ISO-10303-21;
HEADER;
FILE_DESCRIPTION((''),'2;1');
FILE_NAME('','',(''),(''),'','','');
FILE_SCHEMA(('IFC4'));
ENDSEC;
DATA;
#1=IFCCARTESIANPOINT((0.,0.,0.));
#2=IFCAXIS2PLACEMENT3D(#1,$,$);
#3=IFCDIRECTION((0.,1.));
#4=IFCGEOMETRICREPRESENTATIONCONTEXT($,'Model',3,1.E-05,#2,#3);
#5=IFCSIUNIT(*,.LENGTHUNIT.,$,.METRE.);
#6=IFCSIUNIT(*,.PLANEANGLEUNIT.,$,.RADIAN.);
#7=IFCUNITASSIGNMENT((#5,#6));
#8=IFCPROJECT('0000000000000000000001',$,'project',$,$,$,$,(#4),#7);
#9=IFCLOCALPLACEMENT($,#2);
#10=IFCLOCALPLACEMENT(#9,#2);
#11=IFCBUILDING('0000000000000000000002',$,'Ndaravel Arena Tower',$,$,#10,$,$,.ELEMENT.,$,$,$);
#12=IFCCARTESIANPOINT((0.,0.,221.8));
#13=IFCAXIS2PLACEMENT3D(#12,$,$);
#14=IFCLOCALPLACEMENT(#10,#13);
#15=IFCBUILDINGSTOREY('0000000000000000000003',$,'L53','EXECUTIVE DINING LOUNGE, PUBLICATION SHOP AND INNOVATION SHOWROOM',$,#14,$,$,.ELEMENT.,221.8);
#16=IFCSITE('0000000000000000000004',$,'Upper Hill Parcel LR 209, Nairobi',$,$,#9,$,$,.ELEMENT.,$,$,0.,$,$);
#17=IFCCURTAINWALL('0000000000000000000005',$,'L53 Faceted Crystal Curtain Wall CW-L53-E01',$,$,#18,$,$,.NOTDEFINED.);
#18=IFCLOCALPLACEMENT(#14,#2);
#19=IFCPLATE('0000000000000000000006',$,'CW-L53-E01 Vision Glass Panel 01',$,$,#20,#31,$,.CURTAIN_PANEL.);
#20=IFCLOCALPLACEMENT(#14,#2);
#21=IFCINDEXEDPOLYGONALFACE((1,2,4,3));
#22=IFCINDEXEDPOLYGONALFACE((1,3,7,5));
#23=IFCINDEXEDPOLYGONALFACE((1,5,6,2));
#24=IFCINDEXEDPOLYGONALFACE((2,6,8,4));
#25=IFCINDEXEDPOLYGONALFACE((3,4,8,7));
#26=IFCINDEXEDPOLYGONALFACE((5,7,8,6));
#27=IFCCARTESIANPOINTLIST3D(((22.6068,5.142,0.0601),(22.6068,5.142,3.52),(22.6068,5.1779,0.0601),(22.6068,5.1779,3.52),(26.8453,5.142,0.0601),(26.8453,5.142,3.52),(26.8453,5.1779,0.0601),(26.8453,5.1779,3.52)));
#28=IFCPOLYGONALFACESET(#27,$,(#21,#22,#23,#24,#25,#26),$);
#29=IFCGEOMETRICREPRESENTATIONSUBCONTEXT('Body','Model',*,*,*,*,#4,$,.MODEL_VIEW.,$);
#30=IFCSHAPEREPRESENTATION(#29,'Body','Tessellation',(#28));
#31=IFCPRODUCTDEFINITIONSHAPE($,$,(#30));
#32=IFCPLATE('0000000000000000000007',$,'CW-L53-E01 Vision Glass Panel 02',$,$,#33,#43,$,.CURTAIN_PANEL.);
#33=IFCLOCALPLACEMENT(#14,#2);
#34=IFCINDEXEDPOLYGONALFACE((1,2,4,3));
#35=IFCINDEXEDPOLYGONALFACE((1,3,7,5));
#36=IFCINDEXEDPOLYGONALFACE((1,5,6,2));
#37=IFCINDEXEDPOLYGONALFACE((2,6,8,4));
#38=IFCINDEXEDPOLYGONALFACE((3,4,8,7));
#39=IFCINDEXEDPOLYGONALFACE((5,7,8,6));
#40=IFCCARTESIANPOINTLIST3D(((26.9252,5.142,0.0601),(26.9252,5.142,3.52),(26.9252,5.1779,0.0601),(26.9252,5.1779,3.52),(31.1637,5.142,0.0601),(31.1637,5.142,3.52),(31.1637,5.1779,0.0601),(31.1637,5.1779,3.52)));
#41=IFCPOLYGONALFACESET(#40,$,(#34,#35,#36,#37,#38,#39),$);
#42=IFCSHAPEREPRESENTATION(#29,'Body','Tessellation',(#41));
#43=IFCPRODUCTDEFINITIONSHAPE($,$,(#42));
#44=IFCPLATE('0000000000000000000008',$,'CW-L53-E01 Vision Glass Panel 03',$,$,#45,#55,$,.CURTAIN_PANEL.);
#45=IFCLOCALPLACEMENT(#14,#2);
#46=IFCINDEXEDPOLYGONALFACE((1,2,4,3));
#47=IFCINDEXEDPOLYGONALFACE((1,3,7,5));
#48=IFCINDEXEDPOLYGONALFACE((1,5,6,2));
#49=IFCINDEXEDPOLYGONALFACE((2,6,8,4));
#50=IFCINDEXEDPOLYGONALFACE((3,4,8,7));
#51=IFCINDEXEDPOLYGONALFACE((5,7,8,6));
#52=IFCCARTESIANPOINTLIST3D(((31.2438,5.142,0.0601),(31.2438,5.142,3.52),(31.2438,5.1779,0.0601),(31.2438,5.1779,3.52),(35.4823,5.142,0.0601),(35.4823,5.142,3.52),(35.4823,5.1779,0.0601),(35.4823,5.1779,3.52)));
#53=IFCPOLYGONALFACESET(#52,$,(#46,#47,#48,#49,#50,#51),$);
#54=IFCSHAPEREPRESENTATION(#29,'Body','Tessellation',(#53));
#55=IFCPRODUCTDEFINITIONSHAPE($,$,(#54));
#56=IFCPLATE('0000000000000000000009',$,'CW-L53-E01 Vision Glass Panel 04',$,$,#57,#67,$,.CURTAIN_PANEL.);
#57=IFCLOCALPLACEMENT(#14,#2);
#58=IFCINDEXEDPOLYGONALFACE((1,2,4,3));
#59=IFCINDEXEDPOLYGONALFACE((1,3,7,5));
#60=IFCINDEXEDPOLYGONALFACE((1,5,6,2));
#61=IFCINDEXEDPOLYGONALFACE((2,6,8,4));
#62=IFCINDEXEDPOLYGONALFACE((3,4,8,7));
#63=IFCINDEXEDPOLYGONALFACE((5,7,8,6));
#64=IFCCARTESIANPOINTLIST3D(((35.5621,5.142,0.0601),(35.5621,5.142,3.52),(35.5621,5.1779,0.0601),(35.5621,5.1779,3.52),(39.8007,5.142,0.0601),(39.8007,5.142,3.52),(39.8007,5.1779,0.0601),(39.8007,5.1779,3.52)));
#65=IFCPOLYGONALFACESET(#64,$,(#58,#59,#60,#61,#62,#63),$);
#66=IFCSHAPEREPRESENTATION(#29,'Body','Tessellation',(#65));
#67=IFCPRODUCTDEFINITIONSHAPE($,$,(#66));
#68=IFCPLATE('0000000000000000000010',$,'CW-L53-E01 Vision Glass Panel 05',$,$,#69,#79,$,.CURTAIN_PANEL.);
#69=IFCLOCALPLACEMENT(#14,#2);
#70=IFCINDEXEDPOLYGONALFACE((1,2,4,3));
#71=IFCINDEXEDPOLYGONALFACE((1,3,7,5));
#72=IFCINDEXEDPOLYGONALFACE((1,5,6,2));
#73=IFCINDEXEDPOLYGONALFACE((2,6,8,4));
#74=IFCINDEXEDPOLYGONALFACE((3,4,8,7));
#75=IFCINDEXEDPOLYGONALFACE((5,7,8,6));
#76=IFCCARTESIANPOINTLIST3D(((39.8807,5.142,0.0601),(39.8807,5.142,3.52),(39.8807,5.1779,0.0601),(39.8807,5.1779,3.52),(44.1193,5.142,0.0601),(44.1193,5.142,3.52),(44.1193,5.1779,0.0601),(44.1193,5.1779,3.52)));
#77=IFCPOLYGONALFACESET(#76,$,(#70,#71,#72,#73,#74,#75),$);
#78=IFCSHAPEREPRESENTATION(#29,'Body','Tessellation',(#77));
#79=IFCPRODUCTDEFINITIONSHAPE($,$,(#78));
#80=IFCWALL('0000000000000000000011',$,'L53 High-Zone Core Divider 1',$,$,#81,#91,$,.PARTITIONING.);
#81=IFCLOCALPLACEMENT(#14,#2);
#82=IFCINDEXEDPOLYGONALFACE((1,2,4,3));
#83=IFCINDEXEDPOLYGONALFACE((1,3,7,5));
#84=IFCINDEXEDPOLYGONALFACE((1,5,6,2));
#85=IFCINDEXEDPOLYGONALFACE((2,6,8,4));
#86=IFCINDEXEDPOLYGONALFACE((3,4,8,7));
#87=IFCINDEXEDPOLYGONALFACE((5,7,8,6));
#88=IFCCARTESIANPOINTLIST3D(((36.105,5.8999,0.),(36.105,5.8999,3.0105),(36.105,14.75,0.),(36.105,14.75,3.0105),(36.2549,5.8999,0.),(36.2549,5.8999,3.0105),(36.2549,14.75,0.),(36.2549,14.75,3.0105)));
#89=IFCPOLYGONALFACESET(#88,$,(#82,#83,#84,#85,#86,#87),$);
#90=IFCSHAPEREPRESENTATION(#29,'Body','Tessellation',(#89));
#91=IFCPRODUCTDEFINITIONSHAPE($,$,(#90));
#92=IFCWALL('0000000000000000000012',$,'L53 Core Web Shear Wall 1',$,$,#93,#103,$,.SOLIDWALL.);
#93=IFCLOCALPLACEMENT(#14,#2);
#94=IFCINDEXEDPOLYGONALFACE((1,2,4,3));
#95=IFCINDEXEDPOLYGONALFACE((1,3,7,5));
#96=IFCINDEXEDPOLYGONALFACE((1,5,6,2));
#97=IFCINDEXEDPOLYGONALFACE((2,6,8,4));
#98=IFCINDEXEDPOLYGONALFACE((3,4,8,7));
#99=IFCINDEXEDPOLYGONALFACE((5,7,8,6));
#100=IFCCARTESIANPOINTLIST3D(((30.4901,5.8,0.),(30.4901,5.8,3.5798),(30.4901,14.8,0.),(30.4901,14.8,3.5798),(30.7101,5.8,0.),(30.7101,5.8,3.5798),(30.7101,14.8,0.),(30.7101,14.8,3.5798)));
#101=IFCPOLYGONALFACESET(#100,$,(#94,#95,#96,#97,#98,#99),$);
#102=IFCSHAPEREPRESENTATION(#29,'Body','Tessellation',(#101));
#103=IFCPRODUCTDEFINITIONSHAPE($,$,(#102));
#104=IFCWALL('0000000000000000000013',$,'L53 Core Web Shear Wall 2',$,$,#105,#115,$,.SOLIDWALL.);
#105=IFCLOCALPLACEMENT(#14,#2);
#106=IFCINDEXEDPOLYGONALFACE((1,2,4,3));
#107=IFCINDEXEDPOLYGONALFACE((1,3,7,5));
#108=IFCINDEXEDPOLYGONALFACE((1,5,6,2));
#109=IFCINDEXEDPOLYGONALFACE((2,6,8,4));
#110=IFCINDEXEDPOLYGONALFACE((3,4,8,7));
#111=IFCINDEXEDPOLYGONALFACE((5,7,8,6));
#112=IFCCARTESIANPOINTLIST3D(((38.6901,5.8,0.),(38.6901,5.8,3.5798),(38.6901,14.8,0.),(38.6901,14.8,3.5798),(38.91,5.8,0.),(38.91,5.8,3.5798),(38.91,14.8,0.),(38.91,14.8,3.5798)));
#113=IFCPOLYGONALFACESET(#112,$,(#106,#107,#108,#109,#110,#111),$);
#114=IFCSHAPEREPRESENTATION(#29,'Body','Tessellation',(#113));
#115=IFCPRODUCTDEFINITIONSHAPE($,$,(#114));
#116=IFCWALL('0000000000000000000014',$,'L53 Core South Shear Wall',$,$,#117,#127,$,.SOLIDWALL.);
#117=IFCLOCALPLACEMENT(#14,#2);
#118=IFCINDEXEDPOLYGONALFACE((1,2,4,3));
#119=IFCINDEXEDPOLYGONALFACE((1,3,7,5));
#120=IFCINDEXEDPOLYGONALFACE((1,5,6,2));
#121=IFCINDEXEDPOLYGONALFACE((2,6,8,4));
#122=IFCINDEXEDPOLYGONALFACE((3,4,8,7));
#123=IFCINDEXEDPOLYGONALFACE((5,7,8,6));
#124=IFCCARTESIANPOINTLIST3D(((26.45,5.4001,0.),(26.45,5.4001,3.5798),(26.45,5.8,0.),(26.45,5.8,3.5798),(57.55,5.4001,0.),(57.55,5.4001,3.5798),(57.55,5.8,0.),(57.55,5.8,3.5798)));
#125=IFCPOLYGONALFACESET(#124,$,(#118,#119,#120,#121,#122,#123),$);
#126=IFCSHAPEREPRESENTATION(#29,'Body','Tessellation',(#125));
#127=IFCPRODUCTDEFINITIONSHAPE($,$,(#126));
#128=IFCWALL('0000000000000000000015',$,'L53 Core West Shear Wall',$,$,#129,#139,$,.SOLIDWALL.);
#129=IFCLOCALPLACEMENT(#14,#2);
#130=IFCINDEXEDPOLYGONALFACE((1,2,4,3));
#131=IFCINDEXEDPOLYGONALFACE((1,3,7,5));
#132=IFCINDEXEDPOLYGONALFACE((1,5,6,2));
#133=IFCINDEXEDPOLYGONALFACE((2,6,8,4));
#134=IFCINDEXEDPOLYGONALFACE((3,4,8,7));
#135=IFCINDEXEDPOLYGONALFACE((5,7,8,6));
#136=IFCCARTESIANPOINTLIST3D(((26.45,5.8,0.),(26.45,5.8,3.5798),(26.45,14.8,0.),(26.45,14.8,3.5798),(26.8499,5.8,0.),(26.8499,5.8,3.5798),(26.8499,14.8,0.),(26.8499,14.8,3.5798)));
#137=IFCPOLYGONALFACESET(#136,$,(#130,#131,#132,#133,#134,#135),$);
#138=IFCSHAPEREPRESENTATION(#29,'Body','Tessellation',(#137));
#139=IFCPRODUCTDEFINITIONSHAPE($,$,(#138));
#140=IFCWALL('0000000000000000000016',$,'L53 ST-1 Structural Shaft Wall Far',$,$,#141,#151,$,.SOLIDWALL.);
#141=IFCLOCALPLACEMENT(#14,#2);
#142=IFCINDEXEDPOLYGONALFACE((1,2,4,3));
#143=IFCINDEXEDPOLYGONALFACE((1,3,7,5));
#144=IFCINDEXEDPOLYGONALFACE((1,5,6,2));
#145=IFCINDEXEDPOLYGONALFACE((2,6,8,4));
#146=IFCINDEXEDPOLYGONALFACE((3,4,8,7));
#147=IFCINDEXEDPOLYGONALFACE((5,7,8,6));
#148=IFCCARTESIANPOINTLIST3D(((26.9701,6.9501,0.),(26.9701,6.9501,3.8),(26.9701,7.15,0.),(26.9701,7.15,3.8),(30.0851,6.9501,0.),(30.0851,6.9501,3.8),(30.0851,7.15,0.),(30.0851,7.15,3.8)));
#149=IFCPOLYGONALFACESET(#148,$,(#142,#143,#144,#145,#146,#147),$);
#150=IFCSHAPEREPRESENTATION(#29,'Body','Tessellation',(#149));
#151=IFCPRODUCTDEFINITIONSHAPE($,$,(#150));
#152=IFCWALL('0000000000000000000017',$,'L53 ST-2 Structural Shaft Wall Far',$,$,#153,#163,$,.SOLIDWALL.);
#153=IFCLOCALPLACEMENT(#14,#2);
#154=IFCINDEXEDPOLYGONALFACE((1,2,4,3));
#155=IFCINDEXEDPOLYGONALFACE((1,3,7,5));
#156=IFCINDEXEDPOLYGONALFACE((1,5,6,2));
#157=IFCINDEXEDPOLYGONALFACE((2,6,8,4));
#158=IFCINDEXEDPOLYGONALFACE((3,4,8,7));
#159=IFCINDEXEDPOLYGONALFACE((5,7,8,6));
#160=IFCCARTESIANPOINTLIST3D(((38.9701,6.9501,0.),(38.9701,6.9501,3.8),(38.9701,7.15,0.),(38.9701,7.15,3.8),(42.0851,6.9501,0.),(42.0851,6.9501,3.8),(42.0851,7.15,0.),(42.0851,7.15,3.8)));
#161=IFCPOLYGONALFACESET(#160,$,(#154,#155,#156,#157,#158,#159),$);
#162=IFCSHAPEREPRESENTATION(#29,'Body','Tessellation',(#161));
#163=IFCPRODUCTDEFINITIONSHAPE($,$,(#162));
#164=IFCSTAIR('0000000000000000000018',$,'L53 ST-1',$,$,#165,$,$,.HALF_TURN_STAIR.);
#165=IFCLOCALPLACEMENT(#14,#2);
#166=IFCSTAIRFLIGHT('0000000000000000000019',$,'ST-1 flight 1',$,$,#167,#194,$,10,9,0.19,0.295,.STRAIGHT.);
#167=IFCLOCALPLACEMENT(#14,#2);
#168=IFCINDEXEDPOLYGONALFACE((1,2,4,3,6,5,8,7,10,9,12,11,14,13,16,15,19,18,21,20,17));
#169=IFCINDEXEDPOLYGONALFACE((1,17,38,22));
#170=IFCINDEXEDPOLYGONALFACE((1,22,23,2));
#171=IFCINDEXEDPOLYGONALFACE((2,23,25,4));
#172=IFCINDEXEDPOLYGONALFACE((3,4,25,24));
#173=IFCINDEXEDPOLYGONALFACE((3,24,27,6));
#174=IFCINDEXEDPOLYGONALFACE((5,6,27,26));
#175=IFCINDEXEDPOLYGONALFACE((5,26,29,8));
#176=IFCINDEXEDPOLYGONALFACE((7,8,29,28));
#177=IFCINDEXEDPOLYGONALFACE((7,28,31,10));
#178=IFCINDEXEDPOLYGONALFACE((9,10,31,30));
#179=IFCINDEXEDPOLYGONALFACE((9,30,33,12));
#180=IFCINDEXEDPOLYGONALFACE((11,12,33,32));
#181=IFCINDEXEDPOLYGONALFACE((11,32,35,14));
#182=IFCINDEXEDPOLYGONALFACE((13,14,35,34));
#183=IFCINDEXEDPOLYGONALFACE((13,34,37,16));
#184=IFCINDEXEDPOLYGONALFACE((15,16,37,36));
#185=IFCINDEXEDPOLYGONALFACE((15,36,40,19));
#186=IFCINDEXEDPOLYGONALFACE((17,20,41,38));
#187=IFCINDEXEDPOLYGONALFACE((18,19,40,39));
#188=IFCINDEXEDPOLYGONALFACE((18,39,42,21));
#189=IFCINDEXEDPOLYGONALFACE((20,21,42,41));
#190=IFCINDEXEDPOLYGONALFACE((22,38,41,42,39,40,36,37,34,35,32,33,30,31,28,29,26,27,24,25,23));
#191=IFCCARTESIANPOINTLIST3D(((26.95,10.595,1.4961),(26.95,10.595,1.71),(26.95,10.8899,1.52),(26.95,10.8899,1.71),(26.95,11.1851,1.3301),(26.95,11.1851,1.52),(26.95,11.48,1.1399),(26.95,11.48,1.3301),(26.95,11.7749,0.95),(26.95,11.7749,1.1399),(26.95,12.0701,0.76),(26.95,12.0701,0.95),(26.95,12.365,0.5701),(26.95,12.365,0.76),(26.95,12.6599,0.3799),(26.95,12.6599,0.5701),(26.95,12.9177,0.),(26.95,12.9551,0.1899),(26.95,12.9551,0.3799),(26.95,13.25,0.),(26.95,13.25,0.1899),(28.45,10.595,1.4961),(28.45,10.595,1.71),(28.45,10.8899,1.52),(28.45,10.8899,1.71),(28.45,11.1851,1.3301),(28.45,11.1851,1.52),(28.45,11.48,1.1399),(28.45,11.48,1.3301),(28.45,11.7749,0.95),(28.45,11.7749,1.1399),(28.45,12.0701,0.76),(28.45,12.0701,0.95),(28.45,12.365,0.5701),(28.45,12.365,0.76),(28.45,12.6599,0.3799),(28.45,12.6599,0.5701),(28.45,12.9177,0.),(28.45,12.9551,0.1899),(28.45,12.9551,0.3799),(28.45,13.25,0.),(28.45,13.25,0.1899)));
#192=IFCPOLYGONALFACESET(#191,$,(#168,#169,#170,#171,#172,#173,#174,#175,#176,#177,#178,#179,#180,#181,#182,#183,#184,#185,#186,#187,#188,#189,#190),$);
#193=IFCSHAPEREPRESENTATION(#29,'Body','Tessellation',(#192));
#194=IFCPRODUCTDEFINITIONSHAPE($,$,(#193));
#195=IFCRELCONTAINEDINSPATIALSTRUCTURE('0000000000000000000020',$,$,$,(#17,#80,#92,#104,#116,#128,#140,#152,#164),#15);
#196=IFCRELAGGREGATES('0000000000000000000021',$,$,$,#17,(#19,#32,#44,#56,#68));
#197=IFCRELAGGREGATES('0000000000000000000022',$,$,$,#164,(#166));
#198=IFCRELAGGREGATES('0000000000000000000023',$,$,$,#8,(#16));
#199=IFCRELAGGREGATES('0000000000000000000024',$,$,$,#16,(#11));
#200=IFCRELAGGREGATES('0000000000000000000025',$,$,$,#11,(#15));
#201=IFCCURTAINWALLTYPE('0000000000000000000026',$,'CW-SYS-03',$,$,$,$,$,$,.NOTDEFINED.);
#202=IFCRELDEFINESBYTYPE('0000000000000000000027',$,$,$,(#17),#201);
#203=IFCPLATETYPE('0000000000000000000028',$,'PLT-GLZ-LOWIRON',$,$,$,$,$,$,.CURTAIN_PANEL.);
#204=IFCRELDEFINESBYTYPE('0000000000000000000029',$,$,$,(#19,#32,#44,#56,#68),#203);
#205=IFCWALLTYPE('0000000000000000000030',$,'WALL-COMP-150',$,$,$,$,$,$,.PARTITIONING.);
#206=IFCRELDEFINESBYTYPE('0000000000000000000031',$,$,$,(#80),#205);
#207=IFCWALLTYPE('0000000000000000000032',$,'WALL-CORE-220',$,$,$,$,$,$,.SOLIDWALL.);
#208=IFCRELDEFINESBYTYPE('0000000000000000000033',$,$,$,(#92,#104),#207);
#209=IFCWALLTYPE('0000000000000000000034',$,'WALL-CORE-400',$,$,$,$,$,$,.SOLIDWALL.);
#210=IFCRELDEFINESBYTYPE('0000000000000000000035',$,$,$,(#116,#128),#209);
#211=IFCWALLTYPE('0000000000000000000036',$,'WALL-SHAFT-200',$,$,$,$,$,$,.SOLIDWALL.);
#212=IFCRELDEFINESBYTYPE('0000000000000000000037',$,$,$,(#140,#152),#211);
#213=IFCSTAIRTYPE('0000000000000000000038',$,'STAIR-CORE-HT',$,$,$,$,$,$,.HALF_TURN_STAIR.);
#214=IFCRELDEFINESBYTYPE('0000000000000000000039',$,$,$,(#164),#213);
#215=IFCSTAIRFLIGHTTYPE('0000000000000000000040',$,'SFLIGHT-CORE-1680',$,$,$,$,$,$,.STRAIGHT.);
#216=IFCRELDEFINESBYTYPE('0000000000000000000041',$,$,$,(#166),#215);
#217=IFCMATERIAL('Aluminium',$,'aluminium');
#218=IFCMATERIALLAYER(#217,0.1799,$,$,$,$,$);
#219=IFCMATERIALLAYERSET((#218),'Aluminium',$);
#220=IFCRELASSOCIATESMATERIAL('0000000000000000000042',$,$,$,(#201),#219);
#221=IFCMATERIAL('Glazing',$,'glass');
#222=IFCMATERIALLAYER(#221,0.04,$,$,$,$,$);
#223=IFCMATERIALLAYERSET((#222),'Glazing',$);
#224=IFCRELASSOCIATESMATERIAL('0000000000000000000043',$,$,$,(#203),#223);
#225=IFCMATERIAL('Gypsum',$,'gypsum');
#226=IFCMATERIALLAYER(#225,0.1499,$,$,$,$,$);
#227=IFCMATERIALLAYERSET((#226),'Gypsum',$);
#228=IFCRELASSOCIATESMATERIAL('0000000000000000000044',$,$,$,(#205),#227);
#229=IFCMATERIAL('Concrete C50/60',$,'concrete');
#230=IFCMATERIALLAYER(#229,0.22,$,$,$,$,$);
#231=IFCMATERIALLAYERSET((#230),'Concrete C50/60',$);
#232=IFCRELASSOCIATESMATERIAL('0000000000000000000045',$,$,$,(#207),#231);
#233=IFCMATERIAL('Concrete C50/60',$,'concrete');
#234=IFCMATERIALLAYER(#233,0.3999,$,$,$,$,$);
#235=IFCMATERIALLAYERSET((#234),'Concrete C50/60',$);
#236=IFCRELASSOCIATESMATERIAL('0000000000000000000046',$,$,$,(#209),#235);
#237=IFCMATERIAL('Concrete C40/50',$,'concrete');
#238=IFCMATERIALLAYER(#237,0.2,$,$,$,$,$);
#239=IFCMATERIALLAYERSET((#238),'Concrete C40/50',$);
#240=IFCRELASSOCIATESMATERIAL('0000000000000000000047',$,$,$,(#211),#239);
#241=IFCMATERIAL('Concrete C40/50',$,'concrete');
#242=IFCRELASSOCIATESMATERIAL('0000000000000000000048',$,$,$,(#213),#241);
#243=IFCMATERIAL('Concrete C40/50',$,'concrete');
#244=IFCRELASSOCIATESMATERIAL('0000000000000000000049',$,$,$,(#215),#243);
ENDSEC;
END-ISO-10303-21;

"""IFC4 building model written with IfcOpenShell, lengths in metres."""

from ifc_helpers import new_model, si_unit, direction, frame, frame_2d, origin, origin_2d, place, context, subcontext, project, spatial, polyline, rectangle, outline, extrude, material, layer, layer_set, type_object, element, aggregate, save


model = new_model("IFC4")

# Units and contexts
model_context = context("Model", 3, precision=1e-05, world=origin(), true_north=direction((0.0, 1.0)))
body_context = subcontext(model_context, "Body", "Model", "MODEL_VIEW")
ifc_project = project(units=[si_unit("LENGTHUNIT", "METRE"), si_unit("PLANEANGLEUNIT", "RADIAN")], contexts=[model_context])

# Site, building, storey
site_placement = place(None, origin())
site = spatial("IfcSite", under=ifc_project, at=site_placement, Name="Upper Hill Parcel LR 209, Nairobi", CompositionType="ELEMENT", RefElevation=0.0)
building_placement = place(site_placement, origin())
building = spatial("IfcBuilding", under=site, at=building_placement, Name="Ndaravel Arena Tower", CompositionType="ELEMENT")
storey_placement = place(building_placement, frame((0.0, 0.0, 221.8)))
storey = spatial("IfcBuildingStorey", under=building, at=storey_placement, Name="L53", Description="EXECUTIVE DINING LOUNGE, PUBLICATION SHOP AND INNOVATION SHOWROOM", CompositionType="ELEMENT", Elevation=221.8)

# Curtain wall, plates
ifc_material_1 = material(Name="Aluminium", Category="aluminium")
ifc_layer_1 = layer(ifc_material_1, 0.1799)
ifc_layer_set_1 = layer_set([ifc_layer_1], Name="Aluminium")
curtain_wall_type = type_object("IfcCurtainWallType", Name="CW-SYS-03", PredefinedType="NOTDEFINED", material=ifc_layer_set_1)
curtain_wall_placement = place(storey_placement, origin())
curtain_wall = element("IfcCurtainWall", 1, at=curtain_wall_placement, inside=storey, type_object=curtain_wall_type, Name="L53 Faceted Crystal Curtain Wall CW-L53-E01", PredefinedType="NOTDEFINED")
ifc_material_2 = material(Name="Glazing", Category="glass")
ifc_layer_2 = layer(ifc_material_2, 0.04)
ifc_layer_set_2 = layer_set([ifc_layer_2], Name="Glazing")
plate_type = type_object("IfcPlateType", Name="PLT-GLZ-LOWIRON", PredefinedType="CURTAIN_PANEL", material=ifc_layer_set_2)
plate_1_placement = place(storey_placement, frame((24.7261, 5.1599, 0.0601), z_axis=(0.0, 0.0, 1.0), x_axis=(1.0, 0.0, 0.0)))
plate_1 = element("IfcPlate", 2, at=plate_1_placement, type_object=plate_type, Name="CW-L53-E01 Vision Glass Panel 01", PredefinedType="CURTAIN_PANEL", context=body_context, shape_type="SweptSolid", body=[
    extrude(rectangle(XDim=4.2385, YDim=0.0359, at=origin_2d()), origin(), (0.0, 0.0, 1.0), 3.46),
])
plate_2_placement = place(storey_placement, frame((29.0444, 5.1599, 0.0601), z_axis=(0.0, 0.0, 1.0), x_axis=(1.0, 0.0, 0.0)))
plate_2 = element("IfcPlate", 3, at=plate_2_placement, type_object=plate_type, Name="CW-L53-E01 Vision Glass Panel 02", PredefinedType="CURTAIN_PANEL", context=body_context, shape_type="SweptSolid", body=[
    extrude(rectangle(XDim=4.2385, YDim=0.0359, at=origin_2d()), origin(), (0.0, 0.0, 1.0), 3.46),
])
plate_3_placement = place(storey_placement, frame((33.363, 5.1599, 0.0601), z_axis=(0.0, 0.0, 1.0), x_axis=(1.0, 0.0, 0.0)))
plate_3 = element("IfcPlate", 4, at=plate_3_placement, type_object=plate_type, Name="CW-L53-E01 Vision Glass Panel 03", PredefinedType="CURTAIN_PANEL", context=body_context, shape_type="SweptSolid", body=[
    extrude(rectangle(XDim=4.2385, YDim=0.0359, at=origin_2d()), origin(), (0.0, 0.0, 1.0), 3.46),
])
plate_4_placement = place(storey_placement, frame((37.6814, 5.1599, 0.0601), z_axis=(0.0, 0.0, 1.0), x_axis=(1.0, 0.0, 0.0)))
plate_4 = element("IfcPlate", 5, at=plate_4_placement, type_object=plate_type, Name="CW-L53-E01 Vision Glass Panel 04", PredefinedType="CURTAIN_PANEL", context=body_context, shape_type="SweptSolid", body=[
    extrude(rectangle(XDim=4.2385, YDim=0.0359, at=origin_2d()), origin(), (0.0, 0.0, 1.0), 3.46),
])
plate_5_placement = place(storey_placement, frame((42.0, 5.1599, 0.0601), z_axis=(0.0, 0.0, 1.0), x_axis=(1.0, 0.0, 0.0)))
plate_5 = element("IfcPlate", 6, at=plate_5_placement, type_object=plate_type, Name="CW-L53-E01 Vision Glass Panel 05", PredefinedType="CURTAIN_PANEL", context=body_context, shape_type="SweptSolid", body=[
    extrude(rectangle(XDim=4.2385, YDim=0.0359, at=origin_2d()), origin(), (0.0, 0.0, 1.0), 3.46),
])
aggregate(curtain_wall, [plate_1, plate_2, plate_3, plate_4, plate_5])

# Walls
ifc_material_3 = material(Name="Gypsum", Category="gypsum")
ifc_layer_3 = layer(ifc_material_3, 0.1499)
ifc_layer_set_3 = layer_set([ifc_layer_3], Name="Gypsum")
wall_type_1 = type_object("IfcWallType", Name="WALL-COMP-150", PredefinedType="PARTITIONING", material=ifc_layer_set_3)
wall_1_placement = place(storey_placement, frame((36.1799, 5.8999, 0.0), z_axis=(0.0, 0.0, 1.0), x_axis=(0.0, 1.0, 0.0)))
element("IfcWall", 7, at=wall_1_placement, inside=storey, type_object=wall_type_1, Name="L53 High-Zone Core Divider 1", PredefinedType="PARTITIONING", context=body_context, shape_type="SweptSolid", body=[
    extrude(rectangle(XDim=8.8501, YDim=0.1499, at=frame_2d((4.425, 0.0))), origin(), (0.0, 0.0, 1.0), 3.0105),
])
ifc_material_4 = material(Name="Concrete C50/60", Category="concrete")
ifc_layer_4 = layer(ifc_material_4, 0.22)
ifc_layer_set_4 = layer_set([ifc_layer_4], Name="Concrete C50/60")
wall_type_2 = type_object("IfcWallType", Name="WALL-CORE-220", PredefinedType="SOLIDWALL", material=ifc_layer_set_4)
for number, where, z_axis, x_axis, name in (
    (8, (30.6001, 5.8, 0.0), (0.0, 0.0, 1.0), (0.0, 1.0, 0.0), "L53 Core Web Shear Wall 1"),
    (9, (38.8, 5.8, 0.0), (0.0, 0.0, 1.0), (0.0, 1.0, 0.0), "L53 Core Web Shear Wall 2"),
):
    element("IfcWall", number, at=place(storey_placement, frame(where, z_axis=z_axis, x_axis=x_axis)), inside=storey, type_object=wall_type_2, Name=name, PredefinedType="SOLIDWALL", context=body_context, shape_type="SweptSolid", body=[
        extrude(rectangle(XDim=9.0, YDim=0.22, at=frame_2d((4.5, 0.0))), origin(), (0.0, 0.0, 1.0), 3.5798),
    ])
ifc_material_5 = material(Name="Concrete C50/60", Category="concrete")
ifc_layer_5 = layer(ifc_material_5, 0.3999)
ifc_layer_set_5 = layer_set([ifc_layer_5], Name="Concrete C50/60")
wall_type_3 = type_object("IfcWallType", Name="WALL-CORE-400", PredefinedType="SOLIDWALL", material=ifc_layer_set_5)
wall_2_placement = place(storey_placement, frame((26.45, 5.6001, 0.0), z_axis=(0.0, 0.0, 1.0), x_axis=(1.0, 0.0, 0.0)))
element("IfcWall", 10, at=wall_2_placement, inside=storey, type_object=wall_type_3, Name="L53 Core South Shear Wall", PredefinedType="SOLIDWALL", context=body_context, shape_type="SweptSolid", body=[
    extrude(rectangle(XDim=31.1001, YDim=0.3999, at=frame_2d((15.55, 0.0))), origin(), (0.0, 0.0, 1.0), 3.5798),
])
wall_3_placement = place(storey_placement, frame((26.6499, 5.8, 0.0), z_axis=(0.0, 0.0, 1.0), x_axis=(0.0, 1.0, 0.0)))
element("IfcWall", 11, at=wall_3_placement, inside=storey, type_object=wall_type_3, Name="L53 Core West Shear Wall", PredefinedType="SOLIDWALL", context=body_context, shape_type="SweptSolid", body=[
    extrude(rectangle(XDim=9.0, YDim=0.3999, at=frame_2d((4.5, 0.0))), origin(), (0.0, 0.0, 1.0), 3.5798),
])
ifc_material_6 = material(Name="Concrete C40/50", Category="concrete")
ifc_layer_6 = layer(ifc_material_6, 0.2)
ifc_layer_set_6 = layer_set([ifc_layer_6], Name="Concrete C40/50")
wall_type_4 = type_object("IfcWallType", Name="WALL-SHAFT-200", PredefinedType="SOLIDWALL", material=ifc_layer_set_6)
for number, where, z_axis, x_axis, name in (
    (12, (26.97, 7.05, 0.0), (0.0, 0.0, 1.0), (1.0, 0.0, 0.0), "L53 ST-1 Structural Shaft Wall Far"),
    (13, (38.97, 7.05, 0.0), (0.0, 0.0, 1.0), (1.0, 0.0, 0.0), "L53 ST-2 Structural Shaft Wall Far"),
):
    element("IfcWall", number, at=place(storey_placement, frame(where, z_axis=z_axis, x_axis=x_axis)), inside=storey, type_object=wall_type_4, Name=name, PredefinedType="SOLIDWALL", context=body_context, shape_type="SweptSolid", body=[
        extrude(rectangle(XDim=3.115, YDim=0.2, at=frame_2d((1.5576, 0.0))), origin(), (0.0, 0.0, 1.0), 3.8),
    ])

# Stair, stair flight
ifc_material_7 = material(Name="Concrete C40/50", Category="concrete")
stair_type = type_object("IfcStairType", Name="STAIR-CORE-HT", PredefinedType="HALF_TURN_STAIR", material=ifc_material_7)
stair_1_placement = place(storey_placement, origin())
stair_1 = element("IfcStair", 14, at=stair_1_placement, inside=storey, type_object=stair_type, Name="L53 ST-1", PredefinedType="HALF_TURN_STAIR")
ifc_material_8 = material(Name="Concrete C40/50", Category="concrete")
stair_flight_type = type_object("IfcStairFlightType", Name="SFLIGHT-CORE-1680", PredefinedType="STRAIGHT", material=ifc_material_8)
stair_flight_1_placement = place(storey_placement, frame((27.7, 13.25, 0.0), z_axis=(0.0, 0.0, 1.0), x_axis=(0.0, -1.0, 0.0)))
stair_flight_1 = element("IfcStairFlight", 15, at=stair_flight_1_placement, type_object=stair_flight_type, Name="ST-1 flight 1", NumberOfRisers=10, NumberOfTreads=9, PredefinedType="STRAIGHT", RiserHeight=0.19, TreadLength=0.295, context=body_context, shape_type="SweptSolid", body=[
    extrude(outline(polyline([(0.0, 0.0), (0.0, 0.1899), (0.2949, 0.1899), (0.2949, 0.3799), (0.5901, 0.3799), (0.5901, 0.5701), (0.885, 0.5701), (0.885, 0.76), (1.1799, 0.76), (1.1799, 0.95), (1.4751, 0.95), (1.4751, 1.1399), (1.77, 1.1399), (1.77, 1.3301), (2.0649, 1.3301), (2.0649, 1.52), (2.3601, 1.52), (2.3601, 1.71), (2.655, 1.71), (2.655, 1.8999), (2.655, 1.4961), (0.3323, 0.0), (0.0, 0.0)])), frame((0.0, 0.75, 0.0), z_axis=(0.0, -1.0, 0.0), x_axis=(1.0, 0.0, 0.0)), (0.0, 0.0, 1.0), 1.5),
])
aggregate(stair_1, [stair_flight_1])

save(model, "model.ifc")
